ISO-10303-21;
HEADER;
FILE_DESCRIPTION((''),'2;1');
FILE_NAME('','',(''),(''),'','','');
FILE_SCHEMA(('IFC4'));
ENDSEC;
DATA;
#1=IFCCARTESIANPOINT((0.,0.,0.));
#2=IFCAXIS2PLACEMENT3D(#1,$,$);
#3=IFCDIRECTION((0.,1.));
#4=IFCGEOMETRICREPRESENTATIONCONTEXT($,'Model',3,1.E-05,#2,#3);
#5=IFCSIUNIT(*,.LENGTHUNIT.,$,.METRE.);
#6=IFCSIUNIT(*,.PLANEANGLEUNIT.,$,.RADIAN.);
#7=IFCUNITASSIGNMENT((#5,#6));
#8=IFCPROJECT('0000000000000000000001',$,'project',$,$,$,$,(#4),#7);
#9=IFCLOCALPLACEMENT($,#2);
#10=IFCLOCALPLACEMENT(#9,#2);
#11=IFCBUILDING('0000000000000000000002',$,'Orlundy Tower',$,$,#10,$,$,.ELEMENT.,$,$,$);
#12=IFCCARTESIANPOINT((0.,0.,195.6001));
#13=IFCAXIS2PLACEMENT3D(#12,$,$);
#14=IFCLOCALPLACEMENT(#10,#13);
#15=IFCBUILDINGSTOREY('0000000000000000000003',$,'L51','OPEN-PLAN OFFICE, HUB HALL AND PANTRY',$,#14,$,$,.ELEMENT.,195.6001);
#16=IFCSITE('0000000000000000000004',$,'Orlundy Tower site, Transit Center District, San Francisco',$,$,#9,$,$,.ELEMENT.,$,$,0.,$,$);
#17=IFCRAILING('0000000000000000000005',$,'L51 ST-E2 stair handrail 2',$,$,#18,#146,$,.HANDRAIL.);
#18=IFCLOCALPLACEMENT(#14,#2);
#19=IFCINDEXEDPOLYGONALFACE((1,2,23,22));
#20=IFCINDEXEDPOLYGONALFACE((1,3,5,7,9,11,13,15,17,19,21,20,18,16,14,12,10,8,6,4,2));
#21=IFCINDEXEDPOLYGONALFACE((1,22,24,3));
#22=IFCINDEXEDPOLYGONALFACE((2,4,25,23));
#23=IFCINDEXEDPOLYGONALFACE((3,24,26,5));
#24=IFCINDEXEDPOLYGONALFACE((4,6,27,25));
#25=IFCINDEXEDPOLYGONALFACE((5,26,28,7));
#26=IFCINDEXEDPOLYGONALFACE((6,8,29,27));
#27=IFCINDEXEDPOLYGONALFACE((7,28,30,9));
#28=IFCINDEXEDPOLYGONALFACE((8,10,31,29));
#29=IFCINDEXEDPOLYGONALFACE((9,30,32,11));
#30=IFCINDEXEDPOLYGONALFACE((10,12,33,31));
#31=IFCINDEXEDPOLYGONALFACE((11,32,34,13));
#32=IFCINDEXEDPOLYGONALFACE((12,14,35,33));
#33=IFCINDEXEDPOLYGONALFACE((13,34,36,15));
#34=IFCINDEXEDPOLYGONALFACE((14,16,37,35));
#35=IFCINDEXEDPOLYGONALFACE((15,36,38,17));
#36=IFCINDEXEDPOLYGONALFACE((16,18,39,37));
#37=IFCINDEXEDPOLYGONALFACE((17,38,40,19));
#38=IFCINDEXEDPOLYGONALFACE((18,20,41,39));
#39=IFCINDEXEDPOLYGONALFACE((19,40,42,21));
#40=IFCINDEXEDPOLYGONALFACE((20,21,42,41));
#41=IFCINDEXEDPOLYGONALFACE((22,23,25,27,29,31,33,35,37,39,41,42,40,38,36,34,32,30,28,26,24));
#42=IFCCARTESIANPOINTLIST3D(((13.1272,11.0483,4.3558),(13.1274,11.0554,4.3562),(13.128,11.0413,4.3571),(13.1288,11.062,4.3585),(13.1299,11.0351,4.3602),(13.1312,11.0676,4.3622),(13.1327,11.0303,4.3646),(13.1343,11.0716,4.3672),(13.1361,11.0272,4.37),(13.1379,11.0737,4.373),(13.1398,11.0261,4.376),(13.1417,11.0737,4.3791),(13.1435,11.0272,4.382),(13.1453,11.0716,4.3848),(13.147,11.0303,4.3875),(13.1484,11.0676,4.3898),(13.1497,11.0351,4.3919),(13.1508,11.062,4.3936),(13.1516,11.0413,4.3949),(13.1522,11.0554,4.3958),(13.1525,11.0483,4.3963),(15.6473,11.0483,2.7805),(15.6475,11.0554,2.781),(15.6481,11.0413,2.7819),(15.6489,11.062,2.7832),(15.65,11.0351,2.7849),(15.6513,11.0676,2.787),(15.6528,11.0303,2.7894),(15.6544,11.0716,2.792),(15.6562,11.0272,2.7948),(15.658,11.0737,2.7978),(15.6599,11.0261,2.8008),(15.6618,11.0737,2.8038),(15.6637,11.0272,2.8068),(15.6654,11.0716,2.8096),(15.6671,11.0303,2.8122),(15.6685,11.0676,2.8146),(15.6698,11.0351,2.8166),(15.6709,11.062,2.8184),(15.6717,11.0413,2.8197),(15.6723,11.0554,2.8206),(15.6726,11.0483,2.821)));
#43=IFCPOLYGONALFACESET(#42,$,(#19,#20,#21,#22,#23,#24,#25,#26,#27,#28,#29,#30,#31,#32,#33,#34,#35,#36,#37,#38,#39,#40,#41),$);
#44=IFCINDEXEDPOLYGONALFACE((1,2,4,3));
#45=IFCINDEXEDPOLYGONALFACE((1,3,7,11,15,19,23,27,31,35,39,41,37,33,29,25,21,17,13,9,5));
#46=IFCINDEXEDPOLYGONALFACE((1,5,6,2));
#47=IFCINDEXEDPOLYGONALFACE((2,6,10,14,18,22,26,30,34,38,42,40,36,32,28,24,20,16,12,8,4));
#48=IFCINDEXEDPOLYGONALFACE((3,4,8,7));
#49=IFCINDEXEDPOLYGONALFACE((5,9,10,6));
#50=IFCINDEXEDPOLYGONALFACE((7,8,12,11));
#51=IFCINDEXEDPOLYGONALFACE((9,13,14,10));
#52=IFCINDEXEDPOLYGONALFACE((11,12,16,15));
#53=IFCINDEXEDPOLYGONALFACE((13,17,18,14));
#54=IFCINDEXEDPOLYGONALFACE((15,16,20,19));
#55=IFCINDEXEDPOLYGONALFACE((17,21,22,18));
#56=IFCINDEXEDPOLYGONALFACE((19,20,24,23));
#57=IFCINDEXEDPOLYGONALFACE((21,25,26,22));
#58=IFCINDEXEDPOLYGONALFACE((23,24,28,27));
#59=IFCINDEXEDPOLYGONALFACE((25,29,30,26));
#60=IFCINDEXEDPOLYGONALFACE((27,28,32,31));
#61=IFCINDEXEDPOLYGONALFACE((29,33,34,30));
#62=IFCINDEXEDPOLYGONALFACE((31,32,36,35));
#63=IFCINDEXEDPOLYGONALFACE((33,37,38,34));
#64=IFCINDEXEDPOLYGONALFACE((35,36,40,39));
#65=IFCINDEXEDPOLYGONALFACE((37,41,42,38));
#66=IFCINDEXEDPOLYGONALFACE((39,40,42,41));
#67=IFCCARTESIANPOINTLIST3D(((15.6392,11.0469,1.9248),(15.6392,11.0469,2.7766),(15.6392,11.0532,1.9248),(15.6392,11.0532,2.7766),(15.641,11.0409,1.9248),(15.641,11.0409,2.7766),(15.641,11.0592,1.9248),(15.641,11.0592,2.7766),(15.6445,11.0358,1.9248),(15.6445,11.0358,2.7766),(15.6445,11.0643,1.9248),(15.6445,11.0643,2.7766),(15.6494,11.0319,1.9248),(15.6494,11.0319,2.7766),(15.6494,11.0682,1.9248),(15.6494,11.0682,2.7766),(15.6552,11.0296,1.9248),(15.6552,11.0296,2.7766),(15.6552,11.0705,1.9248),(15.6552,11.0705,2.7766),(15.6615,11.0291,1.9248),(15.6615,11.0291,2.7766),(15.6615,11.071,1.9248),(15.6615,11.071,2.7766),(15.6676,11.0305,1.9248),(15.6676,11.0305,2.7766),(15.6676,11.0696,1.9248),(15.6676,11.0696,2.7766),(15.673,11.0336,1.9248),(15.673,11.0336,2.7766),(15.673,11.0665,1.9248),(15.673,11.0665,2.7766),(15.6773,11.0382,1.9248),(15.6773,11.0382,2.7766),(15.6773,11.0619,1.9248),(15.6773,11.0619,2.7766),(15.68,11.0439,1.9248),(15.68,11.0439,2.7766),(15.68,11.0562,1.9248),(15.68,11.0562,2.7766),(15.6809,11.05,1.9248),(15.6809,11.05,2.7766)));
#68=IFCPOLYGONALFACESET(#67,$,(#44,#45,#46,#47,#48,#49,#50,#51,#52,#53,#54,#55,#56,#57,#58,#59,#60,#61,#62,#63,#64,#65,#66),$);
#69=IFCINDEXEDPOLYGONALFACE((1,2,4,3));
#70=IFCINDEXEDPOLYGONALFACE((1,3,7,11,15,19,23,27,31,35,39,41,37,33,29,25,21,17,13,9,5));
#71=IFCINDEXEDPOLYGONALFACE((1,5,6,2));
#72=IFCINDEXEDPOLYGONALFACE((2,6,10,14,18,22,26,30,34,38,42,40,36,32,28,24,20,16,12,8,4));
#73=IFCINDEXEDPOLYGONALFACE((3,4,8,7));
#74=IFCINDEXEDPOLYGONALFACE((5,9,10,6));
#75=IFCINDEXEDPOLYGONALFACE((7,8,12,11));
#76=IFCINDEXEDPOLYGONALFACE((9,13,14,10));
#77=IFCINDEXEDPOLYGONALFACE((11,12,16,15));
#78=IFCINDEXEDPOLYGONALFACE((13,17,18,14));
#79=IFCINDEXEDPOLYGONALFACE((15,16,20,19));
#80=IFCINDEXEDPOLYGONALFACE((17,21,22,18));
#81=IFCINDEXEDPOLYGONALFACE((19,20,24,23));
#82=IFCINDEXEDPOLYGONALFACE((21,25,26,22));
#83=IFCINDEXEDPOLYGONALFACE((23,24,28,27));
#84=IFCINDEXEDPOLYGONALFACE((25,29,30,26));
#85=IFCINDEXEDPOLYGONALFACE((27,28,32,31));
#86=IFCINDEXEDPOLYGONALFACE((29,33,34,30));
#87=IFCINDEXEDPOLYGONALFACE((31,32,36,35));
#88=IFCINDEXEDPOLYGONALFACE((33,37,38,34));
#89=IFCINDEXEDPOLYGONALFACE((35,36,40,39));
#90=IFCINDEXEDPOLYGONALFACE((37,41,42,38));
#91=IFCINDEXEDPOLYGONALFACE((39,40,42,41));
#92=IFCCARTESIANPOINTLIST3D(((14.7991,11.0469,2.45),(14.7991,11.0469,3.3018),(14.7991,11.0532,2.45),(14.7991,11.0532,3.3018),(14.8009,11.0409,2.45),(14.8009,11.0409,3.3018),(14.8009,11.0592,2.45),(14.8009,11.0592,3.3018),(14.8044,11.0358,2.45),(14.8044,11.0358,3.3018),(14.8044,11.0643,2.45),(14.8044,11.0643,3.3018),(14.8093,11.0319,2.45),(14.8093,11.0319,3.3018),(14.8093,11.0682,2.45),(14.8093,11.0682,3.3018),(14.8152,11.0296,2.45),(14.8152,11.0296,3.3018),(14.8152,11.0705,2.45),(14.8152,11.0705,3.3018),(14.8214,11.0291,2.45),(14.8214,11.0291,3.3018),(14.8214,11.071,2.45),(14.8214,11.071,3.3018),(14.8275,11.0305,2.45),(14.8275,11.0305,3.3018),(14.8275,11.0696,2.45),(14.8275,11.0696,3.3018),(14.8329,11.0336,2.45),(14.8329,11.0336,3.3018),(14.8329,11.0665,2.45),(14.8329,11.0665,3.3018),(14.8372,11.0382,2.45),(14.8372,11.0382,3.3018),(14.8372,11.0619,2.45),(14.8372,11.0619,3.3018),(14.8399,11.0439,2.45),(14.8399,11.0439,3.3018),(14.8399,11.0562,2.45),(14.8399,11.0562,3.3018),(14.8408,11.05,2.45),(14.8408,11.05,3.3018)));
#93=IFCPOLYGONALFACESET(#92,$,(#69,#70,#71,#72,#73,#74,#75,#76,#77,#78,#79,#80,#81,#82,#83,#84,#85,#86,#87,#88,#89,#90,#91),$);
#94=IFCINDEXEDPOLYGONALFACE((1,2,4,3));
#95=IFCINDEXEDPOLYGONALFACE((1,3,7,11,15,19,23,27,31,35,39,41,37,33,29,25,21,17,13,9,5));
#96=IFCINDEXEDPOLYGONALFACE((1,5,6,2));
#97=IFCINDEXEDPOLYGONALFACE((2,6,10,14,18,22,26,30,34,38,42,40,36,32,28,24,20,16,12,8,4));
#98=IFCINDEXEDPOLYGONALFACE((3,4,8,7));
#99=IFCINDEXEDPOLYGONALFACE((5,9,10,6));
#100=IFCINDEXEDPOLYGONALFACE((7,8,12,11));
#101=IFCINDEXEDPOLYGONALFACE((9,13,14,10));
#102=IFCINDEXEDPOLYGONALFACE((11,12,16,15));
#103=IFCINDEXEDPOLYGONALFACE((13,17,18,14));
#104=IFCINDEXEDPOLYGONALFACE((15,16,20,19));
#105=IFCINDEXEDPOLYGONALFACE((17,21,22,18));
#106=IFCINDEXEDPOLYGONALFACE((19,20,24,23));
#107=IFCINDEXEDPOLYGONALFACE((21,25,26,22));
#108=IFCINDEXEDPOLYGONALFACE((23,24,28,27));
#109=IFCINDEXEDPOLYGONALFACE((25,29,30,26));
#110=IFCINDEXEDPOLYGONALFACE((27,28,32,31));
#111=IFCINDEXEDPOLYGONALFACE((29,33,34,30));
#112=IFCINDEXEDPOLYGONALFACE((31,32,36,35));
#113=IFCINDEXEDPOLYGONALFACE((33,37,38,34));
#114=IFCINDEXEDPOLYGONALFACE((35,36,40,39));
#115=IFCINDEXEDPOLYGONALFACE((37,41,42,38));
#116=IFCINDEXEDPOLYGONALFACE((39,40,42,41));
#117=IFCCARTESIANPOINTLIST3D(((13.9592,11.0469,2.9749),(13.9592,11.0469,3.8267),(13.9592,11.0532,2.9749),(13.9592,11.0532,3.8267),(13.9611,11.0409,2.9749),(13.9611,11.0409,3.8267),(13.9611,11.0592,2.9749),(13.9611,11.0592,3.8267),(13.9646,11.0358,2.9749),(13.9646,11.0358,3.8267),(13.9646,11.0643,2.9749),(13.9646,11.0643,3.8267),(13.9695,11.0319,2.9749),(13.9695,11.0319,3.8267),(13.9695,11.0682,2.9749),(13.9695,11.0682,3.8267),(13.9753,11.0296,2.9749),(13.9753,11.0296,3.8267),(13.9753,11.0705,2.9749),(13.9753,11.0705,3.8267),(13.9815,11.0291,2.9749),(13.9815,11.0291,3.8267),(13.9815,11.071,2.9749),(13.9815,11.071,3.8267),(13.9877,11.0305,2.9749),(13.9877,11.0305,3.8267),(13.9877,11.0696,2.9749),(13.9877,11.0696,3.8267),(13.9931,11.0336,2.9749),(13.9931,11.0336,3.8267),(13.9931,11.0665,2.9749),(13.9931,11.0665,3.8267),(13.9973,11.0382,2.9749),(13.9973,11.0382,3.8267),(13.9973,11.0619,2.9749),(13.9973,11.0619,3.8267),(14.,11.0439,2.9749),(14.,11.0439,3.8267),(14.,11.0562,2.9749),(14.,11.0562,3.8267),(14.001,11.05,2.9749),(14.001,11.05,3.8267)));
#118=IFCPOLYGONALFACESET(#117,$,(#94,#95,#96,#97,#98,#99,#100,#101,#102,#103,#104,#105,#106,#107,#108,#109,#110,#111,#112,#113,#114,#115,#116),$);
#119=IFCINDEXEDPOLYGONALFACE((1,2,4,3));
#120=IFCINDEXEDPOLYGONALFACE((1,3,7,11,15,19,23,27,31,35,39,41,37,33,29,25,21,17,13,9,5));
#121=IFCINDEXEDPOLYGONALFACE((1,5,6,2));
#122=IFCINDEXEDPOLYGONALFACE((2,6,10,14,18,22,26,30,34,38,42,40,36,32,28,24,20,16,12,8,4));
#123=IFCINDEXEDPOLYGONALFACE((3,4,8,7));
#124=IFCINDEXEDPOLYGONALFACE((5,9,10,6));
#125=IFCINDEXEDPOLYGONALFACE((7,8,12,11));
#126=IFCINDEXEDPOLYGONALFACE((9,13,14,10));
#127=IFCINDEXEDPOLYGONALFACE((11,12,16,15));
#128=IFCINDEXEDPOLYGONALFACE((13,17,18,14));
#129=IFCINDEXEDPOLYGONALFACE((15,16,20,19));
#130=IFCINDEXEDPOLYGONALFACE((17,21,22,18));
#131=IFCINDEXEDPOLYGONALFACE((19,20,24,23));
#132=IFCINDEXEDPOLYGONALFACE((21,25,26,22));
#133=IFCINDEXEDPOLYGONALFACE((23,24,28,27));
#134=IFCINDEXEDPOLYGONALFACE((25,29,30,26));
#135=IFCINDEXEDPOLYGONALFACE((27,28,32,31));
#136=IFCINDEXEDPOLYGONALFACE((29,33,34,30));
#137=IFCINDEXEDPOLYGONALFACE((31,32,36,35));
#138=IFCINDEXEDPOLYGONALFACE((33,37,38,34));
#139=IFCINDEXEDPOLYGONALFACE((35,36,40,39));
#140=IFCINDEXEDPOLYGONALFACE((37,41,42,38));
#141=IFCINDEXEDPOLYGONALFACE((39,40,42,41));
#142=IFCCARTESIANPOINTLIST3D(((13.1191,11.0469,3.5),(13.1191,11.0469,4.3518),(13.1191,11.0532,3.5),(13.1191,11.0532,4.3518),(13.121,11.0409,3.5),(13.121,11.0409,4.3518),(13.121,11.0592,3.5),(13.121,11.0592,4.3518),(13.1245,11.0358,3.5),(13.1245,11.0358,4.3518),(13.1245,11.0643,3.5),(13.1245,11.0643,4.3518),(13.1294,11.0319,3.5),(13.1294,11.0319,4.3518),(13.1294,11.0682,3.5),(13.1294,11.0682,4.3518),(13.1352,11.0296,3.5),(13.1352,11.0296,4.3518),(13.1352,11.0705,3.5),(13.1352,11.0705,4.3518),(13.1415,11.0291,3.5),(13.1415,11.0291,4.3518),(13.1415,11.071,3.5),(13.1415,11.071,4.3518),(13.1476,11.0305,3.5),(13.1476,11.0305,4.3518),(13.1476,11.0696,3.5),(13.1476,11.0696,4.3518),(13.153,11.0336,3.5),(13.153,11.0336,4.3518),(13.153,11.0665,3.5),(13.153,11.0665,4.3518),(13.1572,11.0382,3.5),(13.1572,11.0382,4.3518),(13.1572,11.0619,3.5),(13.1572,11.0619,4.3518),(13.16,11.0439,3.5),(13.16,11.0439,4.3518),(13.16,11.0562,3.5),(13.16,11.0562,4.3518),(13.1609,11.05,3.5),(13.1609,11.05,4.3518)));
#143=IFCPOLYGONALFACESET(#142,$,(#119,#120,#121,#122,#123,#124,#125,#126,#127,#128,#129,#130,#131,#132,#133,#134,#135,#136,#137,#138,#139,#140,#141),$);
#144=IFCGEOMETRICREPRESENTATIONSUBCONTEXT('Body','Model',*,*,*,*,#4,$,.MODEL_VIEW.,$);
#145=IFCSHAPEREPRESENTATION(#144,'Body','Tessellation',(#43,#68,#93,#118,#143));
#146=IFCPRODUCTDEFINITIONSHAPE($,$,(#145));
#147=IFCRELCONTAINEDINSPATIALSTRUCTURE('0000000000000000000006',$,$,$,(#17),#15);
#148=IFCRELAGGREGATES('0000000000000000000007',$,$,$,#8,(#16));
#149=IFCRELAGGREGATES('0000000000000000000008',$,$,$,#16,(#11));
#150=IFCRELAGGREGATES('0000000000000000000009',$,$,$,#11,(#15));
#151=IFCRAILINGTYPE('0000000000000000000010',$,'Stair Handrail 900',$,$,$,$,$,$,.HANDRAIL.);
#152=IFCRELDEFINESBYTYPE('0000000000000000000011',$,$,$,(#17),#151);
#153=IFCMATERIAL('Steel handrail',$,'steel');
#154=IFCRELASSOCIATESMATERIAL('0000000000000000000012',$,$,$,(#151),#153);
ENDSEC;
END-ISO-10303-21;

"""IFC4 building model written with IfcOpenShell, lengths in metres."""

from ifc_helpers import new_model, si_unit, direction, frame, origin, origin_2d, place, context, subcontext, project, spatial, circle, extrude, material, type_object, element, save


model = new_model("IFC4")

# Units and contexts
model_context = context("Model", 3, precision=1e-05, world=origin(), true_north=direction((0.0, 1.0)))
body_context = subcontext(model_context, "Body", "Model", "MODEL_VIEW")
ifc_project = project(units=[si_unit("LENGTHUNIT", "METRE"), si_unit("PLANEANGLEUNIT", "RADIAN")], contexts=[model_context])

# Site, building, storey
site_placement = place(None, origin())
site = spatial("IfcSite", under=ifc_project, at=site_placement, Name="Orlundy Tower site, Transit Center District, San Francisco", CompositionType="ELEMENT", RefElevation=0.0)
building_placement = place(site_placement, origin())
building = spatial("IfcBuilding", under=site, at=building_placement, Name="Orlundy Tower", CompositionType="ELEMENT")
storey_placement = place(building_placement, frame((0.0, 0.0, 195.6001)))
storey = spatial("IfcBuildingStorey", under=building, at=storey_placement, Name="L51", Description="OPEN-PLAN OFFICE, HUB HALL AND PANTRY", CompositionType="ELEMENT", Elevation=195.6001)

# Railing
ifc_material_1 = material(Name="Steel handrail", Category="steel")
railing_type_1 = type_object("IfcRailingType", Name="Stair Handrail 900", PredefinedType="HANDRAIL", material=ifc_material_1)
railing_1_placement = place(storey_placement, frame((15.6599, 11.05, 1.9248)))
element("IfcRailing", 1, at=railing_1_placement, inside=storey, type_object=railing_type_1, Name="L51 ST-E2 stair handrail 2", PredefinedType="HANDRAIL", context=body_context, shape_type="SweptSolid", body=[
    extrude(circle(Radius=0.0239, at=origin_2d()), frame((0.0, 0.0, 0.876), z_axis=(-0.847971, 0.0, 0.530043), x_axis=(0.0, -1.0, 0.0)), (0.0, 0.0, 1.0), 2.9719),
    extrude(circle(Radius=0.021, at=origin_2d()), origin(), (0.0, 0.0, 1.0), 0.8518),
    extrude(circle(Radius=0.021, at=origin_2d()), frame((-0.8401, 0.0, 0.5251)), (0.0, 0.0, 1.0), 0.8518),
    extrude(circle(Radius=0.021, at=origin_2d()), frame((-1.6799, 0.0, 1.05)), (0.0, 0.0, 1.0), 0.8518),
    extrude(circle(Radius=0.021, at=origin_2d()), frame((-2.52, 0.0, 1.5752)), (0.0, 0.0, 1.0), 0.8518),
])

save(model, "model.ifc")
